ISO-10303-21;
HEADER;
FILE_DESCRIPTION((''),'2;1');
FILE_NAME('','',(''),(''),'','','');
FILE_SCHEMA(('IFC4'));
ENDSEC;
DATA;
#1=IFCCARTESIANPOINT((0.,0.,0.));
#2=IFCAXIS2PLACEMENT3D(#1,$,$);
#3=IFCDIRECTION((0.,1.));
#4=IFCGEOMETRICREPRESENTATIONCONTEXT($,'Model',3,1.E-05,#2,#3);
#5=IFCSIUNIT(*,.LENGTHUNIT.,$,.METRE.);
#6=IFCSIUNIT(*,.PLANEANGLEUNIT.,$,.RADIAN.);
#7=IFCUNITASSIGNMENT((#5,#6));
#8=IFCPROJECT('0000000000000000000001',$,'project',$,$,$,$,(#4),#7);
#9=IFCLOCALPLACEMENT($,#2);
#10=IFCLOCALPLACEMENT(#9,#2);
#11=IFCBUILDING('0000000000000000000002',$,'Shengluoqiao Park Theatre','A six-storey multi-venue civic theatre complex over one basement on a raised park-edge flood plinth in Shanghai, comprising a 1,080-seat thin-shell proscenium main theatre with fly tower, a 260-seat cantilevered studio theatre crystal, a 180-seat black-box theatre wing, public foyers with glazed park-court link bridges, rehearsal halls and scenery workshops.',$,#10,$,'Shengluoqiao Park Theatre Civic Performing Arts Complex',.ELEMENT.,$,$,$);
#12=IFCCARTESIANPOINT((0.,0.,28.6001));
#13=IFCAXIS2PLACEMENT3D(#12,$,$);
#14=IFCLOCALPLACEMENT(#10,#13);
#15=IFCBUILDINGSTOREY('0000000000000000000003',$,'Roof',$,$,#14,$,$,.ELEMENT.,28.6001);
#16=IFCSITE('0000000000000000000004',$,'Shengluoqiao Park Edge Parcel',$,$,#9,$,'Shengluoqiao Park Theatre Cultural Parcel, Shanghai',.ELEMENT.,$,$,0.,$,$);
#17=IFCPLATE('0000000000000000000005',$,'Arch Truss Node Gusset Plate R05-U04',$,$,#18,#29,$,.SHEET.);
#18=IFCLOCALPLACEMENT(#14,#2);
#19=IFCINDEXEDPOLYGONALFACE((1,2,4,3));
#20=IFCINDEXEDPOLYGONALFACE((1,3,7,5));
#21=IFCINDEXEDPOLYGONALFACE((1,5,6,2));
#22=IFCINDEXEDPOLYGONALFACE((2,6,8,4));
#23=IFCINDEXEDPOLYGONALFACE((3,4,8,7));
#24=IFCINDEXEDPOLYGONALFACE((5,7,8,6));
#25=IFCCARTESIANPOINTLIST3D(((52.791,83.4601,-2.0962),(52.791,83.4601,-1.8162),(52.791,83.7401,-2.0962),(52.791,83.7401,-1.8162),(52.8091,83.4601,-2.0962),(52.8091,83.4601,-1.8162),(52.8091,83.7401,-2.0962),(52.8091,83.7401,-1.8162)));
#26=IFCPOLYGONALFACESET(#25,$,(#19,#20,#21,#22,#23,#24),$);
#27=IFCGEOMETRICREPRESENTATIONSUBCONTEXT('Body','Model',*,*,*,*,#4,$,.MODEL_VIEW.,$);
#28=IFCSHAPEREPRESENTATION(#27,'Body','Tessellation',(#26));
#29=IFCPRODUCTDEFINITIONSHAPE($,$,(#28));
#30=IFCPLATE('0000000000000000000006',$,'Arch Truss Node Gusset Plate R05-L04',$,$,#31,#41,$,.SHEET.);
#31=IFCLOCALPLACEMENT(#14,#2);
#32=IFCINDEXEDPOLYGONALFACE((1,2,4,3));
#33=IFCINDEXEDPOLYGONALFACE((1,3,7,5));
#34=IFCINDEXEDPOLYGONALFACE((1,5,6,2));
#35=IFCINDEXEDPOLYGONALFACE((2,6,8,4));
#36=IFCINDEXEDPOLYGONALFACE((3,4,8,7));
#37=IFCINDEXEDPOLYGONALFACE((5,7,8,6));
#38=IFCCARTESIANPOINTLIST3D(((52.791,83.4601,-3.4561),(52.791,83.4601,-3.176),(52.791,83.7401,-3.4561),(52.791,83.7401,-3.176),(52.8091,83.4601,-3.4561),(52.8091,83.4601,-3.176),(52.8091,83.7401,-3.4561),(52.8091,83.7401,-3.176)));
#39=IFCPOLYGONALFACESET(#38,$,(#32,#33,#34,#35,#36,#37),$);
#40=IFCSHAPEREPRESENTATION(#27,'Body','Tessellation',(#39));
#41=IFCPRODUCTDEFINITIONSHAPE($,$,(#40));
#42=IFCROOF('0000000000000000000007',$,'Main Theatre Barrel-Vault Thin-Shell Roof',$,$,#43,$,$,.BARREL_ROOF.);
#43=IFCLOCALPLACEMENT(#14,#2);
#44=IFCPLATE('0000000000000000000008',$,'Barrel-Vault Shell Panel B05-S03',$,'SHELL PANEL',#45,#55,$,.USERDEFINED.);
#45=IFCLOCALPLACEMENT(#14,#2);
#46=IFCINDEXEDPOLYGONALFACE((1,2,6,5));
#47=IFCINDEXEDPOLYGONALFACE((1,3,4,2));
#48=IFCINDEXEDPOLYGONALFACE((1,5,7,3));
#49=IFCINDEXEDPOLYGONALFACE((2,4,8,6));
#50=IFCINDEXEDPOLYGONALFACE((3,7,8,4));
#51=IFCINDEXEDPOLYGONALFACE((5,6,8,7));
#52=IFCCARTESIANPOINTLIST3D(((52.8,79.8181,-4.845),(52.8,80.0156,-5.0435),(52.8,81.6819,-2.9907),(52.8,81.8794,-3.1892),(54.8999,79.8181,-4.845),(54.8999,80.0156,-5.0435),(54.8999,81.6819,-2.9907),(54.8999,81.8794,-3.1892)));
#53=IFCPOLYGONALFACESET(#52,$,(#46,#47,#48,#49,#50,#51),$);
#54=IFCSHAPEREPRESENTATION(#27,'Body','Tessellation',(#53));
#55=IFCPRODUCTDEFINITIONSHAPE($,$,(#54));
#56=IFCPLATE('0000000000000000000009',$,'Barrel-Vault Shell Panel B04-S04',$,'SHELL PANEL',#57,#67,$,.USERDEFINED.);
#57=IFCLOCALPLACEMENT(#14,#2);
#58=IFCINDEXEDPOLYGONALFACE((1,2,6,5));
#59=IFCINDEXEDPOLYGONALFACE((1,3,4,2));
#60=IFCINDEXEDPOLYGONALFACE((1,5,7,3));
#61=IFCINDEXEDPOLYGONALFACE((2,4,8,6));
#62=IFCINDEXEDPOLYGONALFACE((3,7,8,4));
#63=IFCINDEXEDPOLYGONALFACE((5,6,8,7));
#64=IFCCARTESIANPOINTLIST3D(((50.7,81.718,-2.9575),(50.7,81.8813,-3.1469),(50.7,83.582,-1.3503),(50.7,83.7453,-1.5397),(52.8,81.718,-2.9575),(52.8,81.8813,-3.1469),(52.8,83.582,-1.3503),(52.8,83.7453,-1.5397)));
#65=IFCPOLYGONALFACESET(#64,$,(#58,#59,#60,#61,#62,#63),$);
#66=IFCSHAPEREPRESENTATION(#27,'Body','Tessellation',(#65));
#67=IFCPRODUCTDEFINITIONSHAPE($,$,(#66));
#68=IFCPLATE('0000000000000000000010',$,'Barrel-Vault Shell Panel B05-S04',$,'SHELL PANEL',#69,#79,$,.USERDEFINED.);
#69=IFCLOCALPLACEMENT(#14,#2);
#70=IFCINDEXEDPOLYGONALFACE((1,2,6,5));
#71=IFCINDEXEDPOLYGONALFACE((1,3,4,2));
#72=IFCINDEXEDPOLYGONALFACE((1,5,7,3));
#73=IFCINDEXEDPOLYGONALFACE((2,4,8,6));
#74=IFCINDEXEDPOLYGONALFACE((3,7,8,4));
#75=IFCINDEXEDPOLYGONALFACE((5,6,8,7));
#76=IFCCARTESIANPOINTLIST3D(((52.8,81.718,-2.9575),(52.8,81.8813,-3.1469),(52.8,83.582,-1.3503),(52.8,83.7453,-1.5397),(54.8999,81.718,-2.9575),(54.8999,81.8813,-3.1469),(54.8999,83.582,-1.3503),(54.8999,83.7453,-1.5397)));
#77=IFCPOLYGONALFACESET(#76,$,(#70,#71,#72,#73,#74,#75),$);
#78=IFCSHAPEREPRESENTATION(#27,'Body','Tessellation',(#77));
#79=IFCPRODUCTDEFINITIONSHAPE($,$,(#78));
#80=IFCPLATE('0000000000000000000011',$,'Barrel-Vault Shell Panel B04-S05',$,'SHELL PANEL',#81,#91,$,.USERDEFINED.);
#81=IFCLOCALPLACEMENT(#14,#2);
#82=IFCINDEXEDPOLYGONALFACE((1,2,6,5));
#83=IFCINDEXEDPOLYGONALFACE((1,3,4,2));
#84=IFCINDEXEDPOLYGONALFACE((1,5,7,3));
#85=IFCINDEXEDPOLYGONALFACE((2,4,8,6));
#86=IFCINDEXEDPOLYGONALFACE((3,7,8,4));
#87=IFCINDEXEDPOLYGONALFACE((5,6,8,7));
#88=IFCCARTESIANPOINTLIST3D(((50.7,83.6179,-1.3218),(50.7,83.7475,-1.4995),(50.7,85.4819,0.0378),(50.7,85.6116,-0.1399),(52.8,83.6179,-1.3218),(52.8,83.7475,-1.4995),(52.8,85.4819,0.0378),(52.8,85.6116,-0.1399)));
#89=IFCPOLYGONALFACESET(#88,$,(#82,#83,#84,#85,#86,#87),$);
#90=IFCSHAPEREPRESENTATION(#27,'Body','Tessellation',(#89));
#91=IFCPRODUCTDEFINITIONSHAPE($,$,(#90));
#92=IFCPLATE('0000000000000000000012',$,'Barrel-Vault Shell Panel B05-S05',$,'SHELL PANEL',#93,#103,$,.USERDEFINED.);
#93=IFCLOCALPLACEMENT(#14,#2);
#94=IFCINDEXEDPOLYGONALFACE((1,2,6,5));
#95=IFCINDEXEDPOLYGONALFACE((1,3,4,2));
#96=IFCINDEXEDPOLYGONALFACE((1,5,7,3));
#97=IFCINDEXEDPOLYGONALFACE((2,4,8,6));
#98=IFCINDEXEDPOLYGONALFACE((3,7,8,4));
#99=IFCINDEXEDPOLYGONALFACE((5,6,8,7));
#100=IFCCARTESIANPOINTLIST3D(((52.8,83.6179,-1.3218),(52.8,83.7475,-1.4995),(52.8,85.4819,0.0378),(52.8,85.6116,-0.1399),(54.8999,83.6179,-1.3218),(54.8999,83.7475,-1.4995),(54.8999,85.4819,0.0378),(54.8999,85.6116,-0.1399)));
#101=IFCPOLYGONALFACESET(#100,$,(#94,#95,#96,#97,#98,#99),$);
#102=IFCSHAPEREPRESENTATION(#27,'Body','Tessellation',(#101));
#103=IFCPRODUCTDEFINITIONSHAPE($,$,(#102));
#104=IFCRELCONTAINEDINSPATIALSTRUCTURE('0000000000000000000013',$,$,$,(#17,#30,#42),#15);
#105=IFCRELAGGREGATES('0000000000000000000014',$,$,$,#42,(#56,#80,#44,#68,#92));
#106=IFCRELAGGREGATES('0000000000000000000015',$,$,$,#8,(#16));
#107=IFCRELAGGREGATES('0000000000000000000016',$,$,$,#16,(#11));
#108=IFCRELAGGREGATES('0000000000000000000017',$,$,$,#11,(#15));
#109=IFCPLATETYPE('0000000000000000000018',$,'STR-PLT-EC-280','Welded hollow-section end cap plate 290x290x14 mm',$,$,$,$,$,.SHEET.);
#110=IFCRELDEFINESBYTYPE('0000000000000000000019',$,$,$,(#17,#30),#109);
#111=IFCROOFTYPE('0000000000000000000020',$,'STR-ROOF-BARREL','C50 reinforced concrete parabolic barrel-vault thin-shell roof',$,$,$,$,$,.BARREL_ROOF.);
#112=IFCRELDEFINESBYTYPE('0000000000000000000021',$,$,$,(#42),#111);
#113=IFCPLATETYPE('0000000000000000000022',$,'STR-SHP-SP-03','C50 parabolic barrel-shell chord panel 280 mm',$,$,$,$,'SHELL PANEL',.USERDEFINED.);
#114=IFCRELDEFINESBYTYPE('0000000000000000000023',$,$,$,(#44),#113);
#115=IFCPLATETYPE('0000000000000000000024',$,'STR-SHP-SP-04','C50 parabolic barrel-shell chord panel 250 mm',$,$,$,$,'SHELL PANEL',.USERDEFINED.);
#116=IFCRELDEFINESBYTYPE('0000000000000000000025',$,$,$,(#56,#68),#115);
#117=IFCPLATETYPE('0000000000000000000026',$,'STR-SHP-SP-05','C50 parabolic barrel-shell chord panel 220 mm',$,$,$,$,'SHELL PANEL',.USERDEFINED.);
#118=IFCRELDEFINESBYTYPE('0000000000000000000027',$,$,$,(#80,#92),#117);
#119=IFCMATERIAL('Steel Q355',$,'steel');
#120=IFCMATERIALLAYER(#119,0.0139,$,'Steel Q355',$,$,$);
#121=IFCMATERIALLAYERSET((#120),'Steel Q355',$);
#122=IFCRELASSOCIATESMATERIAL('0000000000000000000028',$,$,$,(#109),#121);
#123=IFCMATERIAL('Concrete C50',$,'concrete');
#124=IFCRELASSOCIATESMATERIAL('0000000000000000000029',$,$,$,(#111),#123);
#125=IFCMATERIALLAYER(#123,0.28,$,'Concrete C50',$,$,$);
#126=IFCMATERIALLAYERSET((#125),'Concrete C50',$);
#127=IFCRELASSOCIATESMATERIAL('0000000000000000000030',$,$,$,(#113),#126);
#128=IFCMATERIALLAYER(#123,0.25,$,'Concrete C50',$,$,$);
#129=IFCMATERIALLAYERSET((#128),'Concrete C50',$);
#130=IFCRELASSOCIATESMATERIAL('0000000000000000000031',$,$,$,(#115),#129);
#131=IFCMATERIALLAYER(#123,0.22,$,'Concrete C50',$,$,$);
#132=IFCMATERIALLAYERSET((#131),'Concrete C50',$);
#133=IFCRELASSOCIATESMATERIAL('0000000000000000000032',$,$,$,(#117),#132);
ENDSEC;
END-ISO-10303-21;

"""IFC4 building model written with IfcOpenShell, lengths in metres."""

from ifc_helpers import new_model, si_unit, direction, frame, origin, origin_2d, place, context, subcontext, project, spatial, polyline, rectangle, outline, extrude, material, layer, layer_set, type_object, element, aggregate, save


model = new_model("IFC4")

# Units and contexts
model_context = context("Model", 3, precision=1e-05, world=origin(), true_north=direction((0.0, 1.0)))
body_context = subcontext(model_context, "Body", "Model", "MODEL_VIEW")
ifc_project = project(units=[si_unit("LENGTHUNIT", "METRE"), si_unit("PLANEANGLEUNIT", "RADIAN")], contexts=[model_context])

# Site, building, storey
site_placement = place(None, origin())
site = spatial("IfcSite", under=ifc_project, at=site_placement, Name="Shengluoqiao Park Edge Parcel", LongName="Shengluoqiao Park Theatre Cultural Parcel, Shanghai", CompositionType="ELEMENT", RefElevation=0.0)
building_placement = place(site_placement, origin())
building = spatial("IfcBuilding", under=site, at=building_placement, Name="Shengluoqiao Park Theatre", Description="A six-storey multi-venue civic theatre complex over one basement on a raised park-edge flood plinth in Shanghai, comprising a 1,080-seat thin-shell proscenium main theatre with fly tower, a 260-seat cantilevered studio theatre crystal, a 180-seat black-box theatre wing, public foyers with glazed park-court link bridges, rehearsal halls and scenery workshops.", LongName="Shengluoqiao Park Theatre Civic Performing Arts Complex", CompositionType="ELEMENT")
storey_placement = place(building_placement, frame((0.0, 0.0, 28.6001)))
storey = spatial("IfcBuildingStorey", under=building, at=storey_placement, Name="Roof", CompositionType="ELEMENT", Elevation=28.6001)

# Shared definitions
ifc_material_1 = material(Name="Concrete C50", Category="concrete")
ifc_material_2 = material(Name="Steel Q355", Category="steel")

# Plates
ifc_layer_1 = layer(ifc_material_2, 0.0139, Name="Steel Q355")
ifc_layer_set_1 = layer_set([ifc_layer_1], Name="Steel Q355")
plate_type_1 = type_object("IfcPlateType", Name="STR-PLT-EC-280", Description="Welded hollow-section end cap plate 290x290x14 mm", PredefinedType="SHEET", material=ifc_layer_set_1)
for number, where, z_axis, x_axis, name in (
    (1, (52.8, 83.6001, -2.0962), (0.0, 0.0, 1.0), (1.0, 0.0, 0.0), "Arch Truss Node Gusset Plate R05-U04"),
    (2, (52.8, 83.6001, -3.4561), (0.0, 0.0, 1.0), (1.0, 0.0, 0.0), "Arch Truss Node Gusset Plate R05-L04"),
):
    element("IfcPlate", number, at=place(storey_placement, frame(where, z_axis=z_axis, x_axis=x_axis)), inside=storey, type_object=plate_type_1, Name=name, PredefinedType="SHEET", context=body_context, shape_type="SweptSolid", body=[
        extrude(rectangle(XDim=0.0181, YDim=0.28, at=origin_2d()), origin(), (0.0, 0.0, 1.0), 0.28),
    ])

# Roof, plates
roof_type = type_object("IfcRoofType", Name="STR-ROOF-BARREL", Description="C50 reinforced concrete parabolic barrel-vault thin-shell roof", PredefinedType="BARREL_ROOF", material=ifc_material_1)
roof_placement = place(storey_placement, origin())
roof = element("IfcRoof", 3, at=roof_placement, inside=storey, type_object=roof_type, Name="Main Theatre Barrel-Vault Thin-Shell Roof", PredefinedType="BARREL_ROOF")
ifc_layer_2 = layer(ifc_material_1, 0.28, Name="Concrete C50")
ifc_layer_set_2 = layer_set([ifc_layer_2], Name="Concrete C50")
plate_type_2 = type_object("IfcPlateType", Name="STR-SHP-SP-03", Description="C50 parabolic barrel-shell chord panel 280 mm", ElementType="SHELL PANEL", PredefinedType="USERDEFINED", material=ifc_layer_set_2)
plate_1_placement = place(storey_placement, frame((52.8, 79.8181, -4.845), z_axis=(0.0, -0.705294, 0.708915), x_axis=(1.0, 0.0, 0.0)))
plate_1 = element("IfcPlate", 4, at=plate_1_placement, type_object=plate_type_2, Name="Barrel-Vault Shell Panel B05-S03", ObjectType="SHELL PANEL", PredefinedType="USERDEFINED", context=body_context, shape_type="SweptSolid", body=[
    extrude(outline(polyline([(0.0, 0.0), (2.0999, 0.0), (2.0999, 2.629), (0.0, 2.629), (0.0, 0.0)])), origin(), (0.0, 0.0, -1.0), 0.28),
])
ifc_layer_3 = layer(ifc_material_1, 0.25, Name="Concrete C50")
ifc_layer_set_3 = layer_set([ifc_layer_3], Name="Concrete C50")
plate_type_3 = type_object("IfcPlateType", Name="STR-SHP-SP-04", Description="C50 parabolic barrel-shell chord panel 250 mm", ElementType="SHELL PANEL", PredefinedType="USERDEFINED", material=ifc_layer_set_3)
plate_2_placement = place(storey_placement, frame((50.7, 81.718, -2.9575), z_axis=(0.0, -0.653002, 0.757356), x_axis=(1.0, 0.0, 0.0)))
plate_2 = element("IfcPlate", 5, at=plate_2_placement, type_object=plate_type_3, Name="Barrel-Vault Shell Panel B04-S04", ObjectType="SHELL PANEL", PredefinedType="USERDEFINED", context=body_context, shape_type="SweptSolid", body=[
    extrude(outline(polyline([(0.0, 0.0), (2.1001, 0.0), (2.1001, 2.4612), (0.0, 2.4612), (0.0, 0.0)])), origin(), (0.0, 0.0, -1.0), 0.25),
])
plate_3_placement = place(storey_placement, frame((52.8, 81.718, -2.9575), z_axis=(0.0, -0.653002, 0.757356), x_axis=(1.0, 0.0, 0.0)))
plate_3 = element("IfcPlate", 6, at=plate_3_placement, type_object=plate_type_3, Name="Barrel-Vault Shell Panel B05-S04", ObjectType="SHELL PANEL", PredefinedType="USERDEFINED", context=body_context, shape_type="SweptSolid", body=[
    extrude(outline(polyline([(0.0, 0.0), (2.0999, 0.0), (2.0999, 2.4612), (0.0, 2.4612), (0.0, 0.0)])), origin(), (0.0, 0.0, -1.0), 0.25),
])
ifc_layer_4 = layer(ifc_material_1, 0.22, Name="Concrete C50")
ifc_layer_set_4 = layer_set([ifc_layer_4], Name="Concrete C50")
plate_type_4 = type_object("IfcPlateType", Name="STR-SHP-SP-05", Description="C50 parabolic barrel-shell chord panel 220 mm", ElementType="SHELL PANEL", PredefinedType="USERDEFINED", material=ifc_layer_set_4)
plate_4_placement = place(storey_placement, frame((50.7, 83.6179, -1.3218), z_axis=(0.0, -0.589297, 0.807916), x_axis=(1.0, 0.0, 0.0)))
plate_4 = element("IfcPlate", 7, at=plate_4_placement, type_object=plate_type_4, Name="Barrel-Vault Shell Panel B04-S05", ObjectType="SHELL PANEL", PredefinedType="USERDEFINED", context=body_context, shape_type="SweptSolid", body=[
    extrude(outline(polyline([(0.0, 0.0), (2.1001, 0.0), (2.1001, 2.3072), (0.0, 2.3072), (0.0, 0.0)])), origin(), (0.0, 0.0, -1.0), 0.22),
])
plate_5_placement = place(storey_placement, frame((52.8, 83.6179, -1.3218), z_axis=(0.0, -0.589297, 0.807916), x_axis=(1.0, 0.0, 0.0)))
plate_5 = element("IfcPlate", 8, at=plate_5_placement, type_object=plate_type_4, Name="Barrel-Vault Shell Panel B05-S05", ObjectType="SHELL PANEL", PredefinedType="USERDEFINED", context=body_context, shape_type="SweptSolid", body=[
    extrude(outline(polyline([(0.0, 0.0), (2.0999, 0.0), (2.0999, 2.3072), (0.0, 2.3072), (0.0, 0.0)])), origin(), (0.0, 0.0, -1.0), 0.22),
])
aggregate(roof, [plate_2, plate_4, plate_1, plate_3, plate_5])

save(model, "model.ifc")
